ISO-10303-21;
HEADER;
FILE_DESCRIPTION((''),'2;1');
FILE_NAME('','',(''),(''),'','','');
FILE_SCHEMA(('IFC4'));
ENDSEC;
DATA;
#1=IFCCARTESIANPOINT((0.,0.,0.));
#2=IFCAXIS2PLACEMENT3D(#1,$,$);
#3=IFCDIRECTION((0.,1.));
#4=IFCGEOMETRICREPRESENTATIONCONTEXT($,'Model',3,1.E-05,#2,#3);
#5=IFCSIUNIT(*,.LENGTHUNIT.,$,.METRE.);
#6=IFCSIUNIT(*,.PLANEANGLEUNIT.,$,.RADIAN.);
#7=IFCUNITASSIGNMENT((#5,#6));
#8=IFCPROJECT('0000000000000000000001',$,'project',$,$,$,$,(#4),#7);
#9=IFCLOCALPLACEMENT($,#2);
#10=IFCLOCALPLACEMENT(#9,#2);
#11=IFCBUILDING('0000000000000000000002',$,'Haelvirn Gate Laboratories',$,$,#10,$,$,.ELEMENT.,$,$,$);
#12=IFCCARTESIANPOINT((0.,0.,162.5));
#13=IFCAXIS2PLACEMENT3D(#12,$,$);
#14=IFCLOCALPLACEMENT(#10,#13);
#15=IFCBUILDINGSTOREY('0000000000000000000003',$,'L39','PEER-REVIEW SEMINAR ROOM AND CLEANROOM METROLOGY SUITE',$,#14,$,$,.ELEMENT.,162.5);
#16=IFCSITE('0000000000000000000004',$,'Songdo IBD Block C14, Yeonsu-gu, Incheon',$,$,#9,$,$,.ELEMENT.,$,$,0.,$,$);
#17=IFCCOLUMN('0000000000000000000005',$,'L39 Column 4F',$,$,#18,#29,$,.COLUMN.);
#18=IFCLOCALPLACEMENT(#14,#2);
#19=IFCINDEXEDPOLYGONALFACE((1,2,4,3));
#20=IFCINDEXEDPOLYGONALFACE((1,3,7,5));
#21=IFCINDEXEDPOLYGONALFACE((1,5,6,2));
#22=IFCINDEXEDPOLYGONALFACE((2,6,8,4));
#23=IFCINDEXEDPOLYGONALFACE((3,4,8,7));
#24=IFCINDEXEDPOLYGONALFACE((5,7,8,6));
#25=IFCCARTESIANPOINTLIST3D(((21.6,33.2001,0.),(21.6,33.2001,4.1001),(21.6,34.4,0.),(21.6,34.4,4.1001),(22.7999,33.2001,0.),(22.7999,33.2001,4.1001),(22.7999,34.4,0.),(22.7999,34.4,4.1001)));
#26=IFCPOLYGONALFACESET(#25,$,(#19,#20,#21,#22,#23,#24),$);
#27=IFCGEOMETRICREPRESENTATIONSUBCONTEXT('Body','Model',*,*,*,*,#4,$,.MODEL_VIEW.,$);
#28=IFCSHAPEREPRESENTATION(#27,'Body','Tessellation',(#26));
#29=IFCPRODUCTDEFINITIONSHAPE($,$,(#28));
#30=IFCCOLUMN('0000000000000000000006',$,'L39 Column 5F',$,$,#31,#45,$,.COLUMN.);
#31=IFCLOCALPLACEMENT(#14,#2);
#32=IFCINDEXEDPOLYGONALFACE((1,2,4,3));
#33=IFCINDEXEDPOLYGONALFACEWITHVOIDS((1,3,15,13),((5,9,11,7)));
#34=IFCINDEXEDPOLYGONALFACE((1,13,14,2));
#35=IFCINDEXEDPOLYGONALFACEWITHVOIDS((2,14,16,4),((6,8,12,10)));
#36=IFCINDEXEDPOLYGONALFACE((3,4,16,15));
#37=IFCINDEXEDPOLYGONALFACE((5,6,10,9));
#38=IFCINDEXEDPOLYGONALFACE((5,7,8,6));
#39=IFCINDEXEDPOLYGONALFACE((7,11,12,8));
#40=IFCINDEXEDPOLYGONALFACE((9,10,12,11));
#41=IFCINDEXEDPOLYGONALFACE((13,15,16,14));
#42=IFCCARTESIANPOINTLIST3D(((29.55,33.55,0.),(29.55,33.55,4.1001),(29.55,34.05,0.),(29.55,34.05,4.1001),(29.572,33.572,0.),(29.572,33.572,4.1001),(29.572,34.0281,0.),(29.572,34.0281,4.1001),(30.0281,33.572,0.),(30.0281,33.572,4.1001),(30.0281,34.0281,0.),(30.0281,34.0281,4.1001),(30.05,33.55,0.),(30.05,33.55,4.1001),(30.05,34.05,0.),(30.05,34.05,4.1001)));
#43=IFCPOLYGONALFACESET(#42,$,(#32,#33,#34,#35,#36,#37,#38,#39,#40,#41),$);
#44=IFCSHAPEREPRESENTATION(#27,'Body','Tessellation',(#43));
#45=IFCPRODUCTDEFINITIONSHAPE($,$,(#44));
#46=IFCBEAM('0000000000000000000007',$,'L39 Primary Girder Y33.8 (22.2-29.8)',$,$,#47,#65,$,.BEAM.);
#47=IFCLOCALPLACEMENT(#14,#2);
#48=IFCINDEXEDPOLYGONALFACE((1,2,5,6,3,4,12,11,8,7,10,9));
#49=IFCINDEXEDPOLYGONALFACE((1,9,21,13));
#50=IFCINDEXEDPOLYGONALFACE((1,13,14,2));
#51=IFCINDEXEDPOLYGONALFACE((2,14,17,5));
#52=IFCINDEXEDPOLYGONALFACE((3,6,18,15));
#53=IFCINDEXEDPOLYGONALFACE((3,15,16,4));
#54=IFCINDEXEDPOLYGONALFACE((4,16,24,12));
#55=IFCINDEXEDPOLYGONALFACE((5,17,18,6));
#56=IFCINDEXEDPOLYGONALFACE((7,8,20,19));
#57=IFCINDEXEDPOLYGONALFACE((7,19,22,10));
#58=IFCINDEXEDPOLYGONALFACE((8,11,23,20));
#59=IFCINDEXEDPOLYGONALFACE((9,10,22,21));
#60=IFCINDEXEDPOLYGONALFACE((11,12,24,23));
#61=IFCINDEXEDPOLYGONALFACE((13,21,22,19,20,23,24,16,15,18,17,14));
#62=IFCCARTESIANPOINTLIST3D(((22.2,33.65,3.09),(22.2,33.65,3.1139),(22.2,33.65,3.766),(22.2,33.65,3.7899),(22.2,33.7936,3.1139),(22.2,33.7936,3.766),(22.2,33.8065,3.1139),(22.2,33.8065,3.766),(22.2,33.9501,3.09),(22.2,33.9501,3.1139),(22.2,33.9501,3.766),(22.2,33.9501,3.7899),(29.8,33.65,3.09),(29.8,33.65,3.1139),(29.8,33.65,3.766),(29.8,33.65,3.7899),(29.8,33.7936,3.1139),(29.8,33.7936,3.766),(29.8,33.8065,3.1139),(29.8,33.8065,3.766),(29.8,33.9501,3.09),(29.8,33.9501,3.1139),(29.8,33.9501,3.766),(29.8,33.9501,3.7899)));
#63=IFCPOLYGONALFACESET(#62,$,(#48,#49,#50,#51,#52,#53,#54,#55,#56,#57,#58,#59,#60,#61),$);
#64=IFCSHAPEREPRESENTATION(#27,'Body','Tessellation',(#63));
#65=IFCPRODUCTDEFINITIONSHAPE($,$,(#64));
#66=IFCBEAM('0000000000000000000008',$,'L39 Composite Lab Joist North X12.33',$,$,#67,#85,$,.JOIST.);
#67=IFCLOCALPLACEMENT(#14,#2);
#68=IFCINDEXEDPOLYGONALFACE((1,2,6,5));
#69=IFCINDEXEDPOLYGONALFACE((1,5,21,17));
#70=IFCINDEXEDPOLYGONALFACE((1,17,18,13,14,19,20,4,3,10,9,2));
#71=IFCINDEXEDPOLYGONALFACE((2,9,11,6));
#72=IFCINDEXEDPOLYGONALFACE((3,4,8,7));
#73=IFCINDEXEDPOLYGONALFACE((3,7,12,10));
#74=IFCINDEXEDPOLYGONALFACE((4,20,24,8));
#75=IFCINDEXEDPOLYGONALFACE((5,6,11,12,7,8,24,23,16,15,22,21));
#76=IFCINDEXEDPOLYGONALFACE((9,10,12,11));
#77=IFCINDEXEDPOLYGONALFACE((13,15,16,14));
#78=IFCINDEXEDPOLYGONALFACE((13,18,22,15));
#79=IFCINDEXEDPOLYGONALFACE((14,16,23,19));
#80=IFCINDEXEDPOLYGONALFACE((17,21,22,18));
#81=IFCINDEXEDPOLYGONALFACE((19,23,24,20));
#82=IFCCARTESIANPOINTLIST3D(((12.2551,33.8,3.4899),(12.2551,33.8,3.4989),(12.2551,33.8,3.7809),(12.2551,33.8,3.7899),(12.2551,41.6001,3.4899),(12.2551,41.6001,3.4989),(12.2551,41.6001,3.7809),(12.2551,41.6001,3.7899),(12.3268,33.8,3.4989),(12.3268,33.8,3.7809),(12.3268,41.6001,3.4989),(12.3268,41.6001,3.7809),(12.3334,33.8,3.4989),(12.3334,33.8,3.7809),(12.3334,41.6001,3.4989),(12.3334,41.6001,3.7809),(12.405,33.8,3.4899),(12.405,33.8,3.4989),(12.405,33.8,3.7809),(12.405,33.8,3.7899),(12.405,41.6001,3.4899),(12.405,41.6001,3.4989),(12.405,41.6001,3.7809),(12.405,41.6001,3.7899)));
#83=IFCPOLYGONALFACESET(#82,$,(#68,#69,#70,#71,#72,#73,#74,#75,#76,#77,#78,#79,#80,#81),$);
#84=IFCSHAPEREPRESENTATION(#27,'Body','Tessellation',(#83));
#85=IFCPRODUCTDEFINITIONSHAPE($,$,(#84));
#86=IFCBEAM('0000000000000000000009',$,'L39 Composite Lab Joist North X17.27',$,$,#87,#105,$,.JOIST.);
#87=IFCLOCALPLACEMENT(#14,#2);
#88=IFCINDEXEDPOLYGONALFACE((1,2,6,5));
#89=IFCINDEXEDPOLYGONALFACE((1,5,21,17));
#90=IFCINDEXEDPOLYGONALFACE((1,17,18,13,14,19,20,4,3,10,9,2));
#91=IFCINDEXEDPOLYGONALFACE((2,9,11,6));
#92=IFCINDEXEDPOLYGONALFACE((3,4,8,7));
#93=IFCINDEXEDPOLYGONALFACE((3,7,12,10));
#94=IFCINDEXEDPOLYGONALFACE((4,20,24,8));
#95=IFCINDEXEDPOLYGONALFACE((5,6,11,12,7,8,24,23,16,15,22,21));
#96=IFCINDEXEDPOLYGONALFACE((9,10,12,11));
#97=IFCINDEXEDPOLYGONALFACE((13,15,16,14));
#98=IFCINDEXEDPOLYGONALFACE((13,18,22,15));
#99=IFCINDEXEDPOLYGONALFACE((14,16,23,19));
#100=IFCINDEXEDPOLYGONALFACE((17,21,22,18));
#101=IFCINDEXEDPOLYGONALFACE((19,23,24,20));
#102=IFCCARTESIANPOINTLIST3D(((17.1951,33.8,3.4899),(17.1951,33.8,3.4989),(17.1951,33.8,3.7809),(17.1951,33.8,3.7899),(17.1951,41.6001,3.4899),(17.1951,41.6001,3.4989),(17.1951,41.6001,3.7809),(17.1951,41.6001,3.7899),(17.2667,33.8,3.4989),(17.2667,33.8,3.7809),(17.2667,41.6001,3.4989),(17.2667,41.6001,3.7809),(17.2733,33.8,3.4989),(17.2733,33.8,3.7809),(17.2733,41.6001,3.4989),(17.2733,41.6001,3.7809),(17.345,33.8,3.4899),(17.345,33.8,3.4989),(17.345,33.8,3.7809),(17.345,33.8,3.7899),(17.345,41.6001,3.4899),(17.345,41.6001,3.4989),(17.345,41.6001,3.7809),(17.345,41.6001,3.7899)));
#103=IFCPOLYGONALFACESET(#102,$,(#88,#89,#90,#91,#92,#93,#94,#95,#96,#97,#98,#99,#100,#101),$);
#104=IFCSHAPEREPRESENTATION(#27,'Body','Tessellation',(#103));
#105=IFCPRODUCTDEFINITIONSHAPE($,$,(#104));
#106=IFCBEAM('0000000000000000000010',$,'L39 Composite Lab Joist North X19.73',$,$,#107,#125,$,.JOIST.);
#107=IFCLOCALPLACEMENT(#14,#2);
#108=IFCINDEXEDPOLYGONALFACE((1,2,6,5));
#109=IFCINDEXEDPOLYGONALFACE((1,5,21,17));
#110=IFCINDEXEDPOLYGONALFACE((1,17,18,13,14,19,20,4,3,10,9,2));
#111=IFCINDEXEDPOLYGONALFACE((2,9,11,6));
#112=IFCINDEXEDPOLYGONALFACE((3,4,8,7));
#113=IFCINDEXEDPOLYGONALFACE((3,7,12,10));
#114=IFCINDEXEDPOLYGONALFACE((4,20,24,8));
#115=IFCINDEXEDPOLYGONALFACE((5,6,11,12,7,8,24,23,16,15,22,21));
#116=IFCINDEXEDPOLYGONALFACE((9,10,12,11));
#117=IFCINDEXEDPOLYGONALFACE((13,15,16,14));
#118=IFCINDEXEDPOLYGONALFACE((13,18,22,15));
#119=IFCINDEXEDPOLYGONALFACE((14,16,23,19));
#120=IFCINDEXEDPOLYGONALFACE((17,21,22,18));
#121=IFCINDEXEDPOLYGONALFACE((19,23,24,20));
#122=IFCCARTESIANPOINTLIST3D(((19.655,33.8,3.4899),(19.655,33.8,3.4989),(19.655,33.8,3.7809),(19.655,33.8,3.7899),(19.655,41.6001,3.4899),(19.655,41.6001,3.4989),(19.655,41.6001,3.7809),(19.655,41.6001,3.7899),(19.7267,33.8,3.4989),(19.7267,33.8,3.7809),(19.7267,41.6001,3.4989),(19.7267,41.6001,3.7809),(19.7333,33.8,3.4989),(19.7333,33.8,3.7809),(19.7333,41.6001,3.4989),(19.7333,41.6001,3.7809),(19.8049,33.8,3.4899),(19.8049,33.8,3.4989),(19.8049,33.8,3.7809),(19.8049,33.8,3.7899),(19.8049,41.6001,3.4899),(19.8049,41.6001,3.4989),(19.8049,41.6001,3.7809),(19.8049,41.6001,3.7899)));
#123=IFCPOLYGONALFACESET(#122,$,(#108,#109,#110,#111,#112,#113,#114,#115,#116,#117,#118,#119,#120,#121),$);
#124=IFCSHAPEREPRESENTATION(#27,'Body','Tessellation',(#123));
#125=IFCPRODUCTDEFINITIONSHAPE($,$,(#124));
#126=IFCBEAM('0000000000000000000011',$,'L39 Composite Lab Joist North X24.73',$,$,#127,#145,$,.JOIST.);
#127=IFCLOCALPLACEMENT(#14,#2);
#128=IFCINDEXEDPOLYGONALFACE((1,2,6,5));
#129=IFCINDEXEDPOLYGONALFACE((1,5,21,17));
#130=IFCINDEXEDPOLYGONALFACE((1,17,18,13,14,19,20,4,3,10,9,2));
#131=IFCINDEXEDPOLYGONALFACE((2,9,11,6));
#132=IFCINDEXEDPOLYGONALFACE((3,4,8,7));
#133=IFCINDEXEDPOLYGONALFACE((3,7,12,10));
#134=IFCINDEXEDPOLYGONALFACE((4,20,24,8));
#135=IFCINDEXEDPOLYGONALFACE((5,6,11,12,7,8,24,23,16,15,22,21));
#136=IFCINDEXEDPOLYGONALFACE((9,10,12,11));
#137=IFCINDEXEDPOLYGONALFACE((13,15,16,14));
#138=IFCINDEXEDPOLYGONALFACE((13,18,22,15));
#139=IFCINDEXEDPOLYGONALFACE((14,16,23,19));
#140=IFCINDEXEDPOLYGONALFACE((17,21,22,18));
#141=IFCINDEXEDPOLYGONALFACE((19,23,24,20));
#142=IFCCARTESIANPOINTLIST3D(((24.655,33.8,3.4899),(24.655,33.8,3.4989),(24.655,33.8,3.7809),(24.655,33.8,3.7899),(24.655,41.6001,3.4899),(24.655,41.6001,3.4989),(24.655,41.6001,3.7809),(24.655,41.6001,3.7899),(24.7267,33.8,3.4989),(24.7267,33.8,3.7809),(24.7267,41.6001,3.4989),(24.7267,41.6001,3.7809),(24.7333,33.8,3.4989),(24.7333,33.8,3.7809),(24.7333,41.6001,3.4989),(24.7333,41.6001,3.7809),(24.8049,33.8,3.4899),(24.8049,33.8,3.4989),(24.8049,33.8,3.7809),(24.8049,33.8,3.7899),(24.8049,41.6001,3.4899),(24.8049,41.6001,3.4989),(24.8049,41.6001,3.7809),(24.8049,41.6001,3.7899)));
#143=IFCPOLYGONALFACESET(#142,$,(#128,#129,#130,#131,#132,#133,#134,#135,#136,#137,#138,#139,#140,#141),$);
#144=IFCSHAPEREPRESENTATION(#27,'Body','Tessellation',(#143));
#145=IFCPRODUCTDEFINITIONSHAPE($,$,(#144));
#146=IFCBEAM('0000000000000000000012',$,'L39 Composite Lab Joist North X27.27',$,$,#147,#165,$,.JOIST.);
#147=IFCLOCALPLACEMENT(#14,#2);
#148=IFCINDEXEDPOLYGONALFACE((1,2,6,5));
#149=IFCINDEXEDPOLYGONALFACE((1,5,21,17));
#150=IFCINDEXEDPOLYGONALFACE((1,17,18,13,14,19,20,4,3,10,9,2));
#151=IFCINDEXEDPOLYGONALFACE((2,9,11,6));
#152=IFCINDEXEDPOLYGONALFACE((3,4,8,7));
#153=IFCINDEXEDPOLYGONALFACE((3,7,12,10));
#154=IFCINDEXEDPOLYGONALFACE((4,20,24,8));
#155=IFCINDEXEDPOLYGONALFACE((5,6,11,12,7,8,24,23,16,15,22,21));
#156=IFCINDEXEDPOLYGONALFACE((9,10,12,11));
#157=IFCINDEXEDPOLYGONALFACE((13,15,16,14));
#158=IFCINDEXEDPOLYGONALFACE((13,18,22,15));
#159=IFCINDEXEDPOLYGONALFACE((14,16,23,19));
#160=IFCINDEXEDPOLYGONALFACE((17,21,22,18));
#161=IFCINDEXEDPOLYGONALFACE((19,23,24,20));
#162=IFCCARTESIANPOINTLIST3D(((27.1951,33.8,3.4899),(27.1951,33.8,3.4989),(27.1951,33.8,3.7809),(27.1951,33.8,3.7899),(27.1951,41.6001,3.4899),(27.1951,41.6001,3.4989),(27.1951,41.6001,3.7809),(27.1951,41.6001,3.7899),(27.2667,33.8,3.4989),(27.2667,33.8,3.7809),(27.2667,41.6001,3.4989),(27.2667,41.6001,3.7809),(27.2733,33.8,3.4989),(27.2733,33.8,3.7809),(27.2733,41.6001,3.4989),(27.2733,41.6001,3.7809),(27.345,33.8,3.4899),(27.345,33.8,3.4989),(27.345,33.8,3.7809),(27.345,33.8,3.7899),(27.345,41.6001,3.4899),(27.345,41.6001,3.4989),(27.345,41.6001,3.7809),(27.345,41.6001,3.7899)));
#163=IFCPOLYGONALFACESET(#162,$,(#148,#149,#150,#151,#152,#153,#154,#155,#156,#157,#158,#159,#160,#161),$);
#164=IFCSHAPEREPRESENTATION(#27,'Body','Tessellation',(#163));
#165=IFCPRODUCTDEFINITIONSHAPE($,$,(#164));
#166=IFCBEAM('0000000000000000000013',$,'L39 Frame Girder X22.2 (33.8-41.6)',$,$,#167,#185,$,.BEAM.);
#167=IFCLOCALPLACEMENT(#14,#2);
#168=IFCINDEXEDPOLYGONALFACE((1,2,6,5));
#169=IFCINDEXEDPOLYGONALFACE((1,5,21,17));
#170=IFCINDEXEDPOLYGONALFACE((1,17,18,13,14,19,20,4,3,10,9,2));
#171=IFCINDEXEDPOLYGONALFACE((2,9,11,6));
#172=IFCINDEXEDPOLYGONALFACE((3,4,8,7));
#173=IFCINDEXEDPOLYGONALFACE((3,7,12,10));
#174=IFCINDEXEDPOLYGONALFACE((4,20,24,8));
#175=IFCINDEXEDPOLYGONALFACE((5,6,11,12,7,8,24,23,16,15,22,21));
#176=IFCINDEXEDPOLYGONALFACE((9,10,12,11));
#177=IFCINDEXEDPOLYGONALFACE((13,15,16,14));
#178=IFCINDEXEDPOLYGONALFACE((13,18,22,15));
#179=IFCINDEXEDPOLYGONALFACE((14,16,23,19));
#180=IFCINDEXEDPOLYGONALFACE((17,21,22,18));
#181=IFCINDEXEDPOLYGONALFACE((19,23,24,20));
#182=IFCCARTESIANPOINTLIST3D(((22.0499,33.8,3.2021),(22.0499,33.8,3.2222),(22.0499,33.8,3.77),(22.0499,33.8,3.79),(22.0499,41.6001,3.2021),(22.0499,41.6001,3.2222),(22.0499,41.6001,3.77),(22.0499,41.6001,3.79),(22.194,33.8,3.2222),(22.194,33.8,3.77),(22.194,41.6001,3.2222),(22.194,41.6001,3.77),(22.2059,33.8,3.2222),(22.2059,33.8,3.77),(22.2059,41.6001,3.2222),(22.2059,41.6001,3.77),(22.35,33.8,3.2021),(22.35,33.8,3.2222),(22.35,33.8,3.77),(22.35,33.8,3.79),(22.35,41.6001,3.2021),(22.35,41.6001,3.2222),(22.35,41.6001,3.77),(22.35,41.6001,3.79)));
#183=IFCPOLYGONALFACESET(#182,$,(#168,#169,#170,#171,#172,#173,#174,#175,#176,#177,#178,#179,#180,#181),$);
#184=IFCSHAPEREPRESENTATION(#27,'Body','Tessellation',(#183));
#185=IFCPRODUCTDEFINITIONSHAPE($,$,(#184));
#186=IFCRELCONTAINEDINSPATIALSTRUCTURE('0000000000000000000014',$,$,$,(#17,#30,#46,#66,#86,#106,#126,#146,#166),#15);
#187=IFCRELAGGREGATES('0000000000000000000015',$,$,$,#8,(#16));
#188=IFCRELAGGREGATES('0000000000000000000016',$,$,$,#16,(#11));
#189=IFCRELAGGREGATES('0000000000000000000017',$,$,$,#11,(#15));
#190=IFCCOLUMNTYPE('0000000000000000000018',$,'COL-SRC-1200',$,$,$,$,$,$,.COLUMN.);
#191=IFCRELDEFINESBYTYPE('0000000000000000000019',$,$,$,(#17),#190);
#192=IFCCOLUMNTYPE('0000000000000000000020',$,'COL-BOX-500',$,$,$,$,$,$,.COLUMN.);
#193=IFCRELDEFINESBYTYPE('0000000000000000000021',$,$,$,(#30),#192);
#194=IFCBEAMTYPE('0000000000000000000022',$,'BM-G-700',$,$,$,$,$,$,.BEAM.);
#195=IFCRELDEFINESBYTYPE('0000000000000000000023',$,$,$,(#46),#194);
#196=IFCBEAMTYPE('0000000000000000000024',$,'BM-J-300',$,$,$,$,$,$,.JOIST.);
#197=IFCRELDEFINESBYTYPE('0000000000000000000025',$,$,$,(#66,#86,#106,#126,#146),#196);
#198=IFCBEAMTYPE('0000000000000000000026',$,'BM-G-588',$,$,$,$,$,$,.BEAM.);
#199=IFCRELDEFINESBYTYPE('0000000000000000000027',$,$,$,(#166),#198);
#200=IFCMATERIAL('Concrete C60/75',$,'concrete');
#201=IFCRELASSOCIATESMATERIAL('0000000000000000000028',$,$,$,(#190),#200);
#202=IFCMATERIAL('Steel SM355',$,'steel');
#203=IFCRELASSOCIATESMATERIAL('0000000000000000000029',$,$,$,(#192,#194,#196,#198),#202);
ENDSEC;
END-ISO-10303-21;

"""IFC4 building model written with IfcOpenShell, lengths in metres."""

from ifc_helpers import new_model, si_unit, direction, frame, origin, origin_2d, place, context, subcontext, project, spatial, rectangle, hollow_rectangle, i_section, extrude, source, transform, mapped, material, material_profile, profile_set, type_object, type_shapes, element, save


model = new_model("IFC4")

# Units and contexts
model_context = context("Model", 3, precision=1e-05, world=origin(), true_north=direction((0.0, 1.0)))
body_context = subcontext(model_context, "Body", "Model", "MODEL_VIEW")
ifc_project = project(units=[si_unit("LENGTHUNIT", "METRE"), si_unit("PLANEANGLEUNIT", "RADIAN")], contexts=[model_context])

# Site, building, storey
site_placement = place(None, origin())
site = spatial("IfcSite", under=ifc_project, at=site_placement, Name="Songdo IBD Block C14, Yeonsu-gu, Incheon", CompositionType="ELEMENT", RefElevation=0.0)
building_placement = place(site_placement, origin())
building = spatial("IfcBuilding", under=site, at=building_placement, Name="Haelvirn Gate Laboratories", CompositionType="ELEMENT")
storey_placement = place(building_placement, frame((0.0, 0.0, 162.5)))
storey = spatial("IfcBuildingStorey", under=building, at=storey_placement, Name="L39", Description="PEER-REVIEW SEMINAR ROOM AND CLEANROOM METROLOGY SUITE", CompositionType="ELEMENT", Elevation=162.5)

# Columns
ifc_material_1 = material(Name="Concrete C60/75", Category="concrete")
ifc_material_profile_1 = material_profile(ifc_material_1, rectangle(XDim=1.2, YDim=1.2, at=origin_2d()), Name="SRC-1200x1200")
ifc_profile_set_1 = profile_set([ifc_material_profile_1], Name="Concrete C60/75")
column_type_1 = type_object("IfcColumnType", Name="COL-SRC-1200", PredefinedType="COLUMN", material=ifc_profile_set_1)
shared_shape_1 = source(origin(), body_context, "Body", "SweptSolid", [
    extrude(rectangle(XDim=1.2, YDim=1.2, at=origin_2d()), origin(), (0.0, 0.0, 1.0), 4.1001),
])
type_shapes(column_type_1, [shared_shape_1])
column_1_placement = place(storey_placement, frame((22.2, 33.8, 0.0), z_axis=(0.0, 0.0, 1.0), x_axis=(1.0, 0.0, 0.0)))
element("IfcColumn", 1, at=column_1_placement, inside=storey, type_object=column_type_1, Name="L39 Column 4F", PredefinedType="COLUMN", context=body_context, shape_type="MappedRepresentation", body=[
    mapped(shared_shape_1, transform((0.0, 0.0, 0.0), scale=1.0)),
])
ifc_material_2 = material(Name="Steel SM355", Category="steel")
ifc_material_profile_2 = material_profile(ifc_material_2, hollow_rectangle(XDim=0.5, YDim=0.5, WallThickness=0.022, at=origin_2d()), Name="BOX-500x500x22")
ifc_profile_set_2 = profile_set([ifc_material_profile_2], Name="Steel SM355")
column_type_2 = type_object("IfcColumnType", Name="COL-BOX-500", PredefinedType="COLUMN", material=ifc_profile_set_2)
shared_shape_2 = source(origin(), body_context, "Body", "SweptSolid", [
    extrude(hollow_rectangle(XDim=0.5, YDim=0.5, WallThickness=0.022, at=origin_2d()), origin(), (0.0, 0.0, 1.0), 4.1001),
])
type_shapes(column_type_2, [shared_shape_2])
column_2_placement = place(storey_placement, frame((29.8, 33.8, 0.0), z_axis=(0.0, 0.0, 1.0), x_axis=(1.0, 0.0, 0.0)))
element("IfcColumn", 2, at=column_2_placement, inside=storey, type_object=column_type_2, Name="L39 Column 5F", PredefinedType="COLUMN", context=body_context, shape_type="MappedRepresentation", body=[
    mapped(shared_shape_2, transform((0.0, 0.0, 0.0), scale=1.0)),
])

# Beams
ifc_material_profile_3 = material_profile(ifc_material_2, i_section(OverallWidth=0.3, OverallDepth=0.7, WebThickness=0.0129, FlangeThickness=0.0239, at=origin_2d()), Name="H-700x300x13x24")
ifc_profile_set_3 = profile_set([ifc_material_profile_3], Name="Steel SM355")
beam_type_1 = type_object("IfcBeamType", Name="BM-G-700", PredefinedType="BEAM", material=ifc_profile_set_3)
shared_shape_3 = source(origin(), body_context, "Body", "SweptSolid", [
    extrude(i_section(OverallWidth=0.3, OverallDepth=0.7, WebThickness=0.0129, FlangeThickness=0.0239, at=origin_2d()), origin(), (0.0, 0.0, 1.0), 7.6001),
])
type_shapes(beam_type_1, [shared_shape_3])
beam_1_placement = place(storey_placement, frame((22.2, 33.8, 3.4399), z_axis=(1.0, 0.0, 0.0), x_axis=(0.0, 1.0, 0.0)))
element("IfcBeam", 3, at=beam_1_placement, inside=storey, type_object=beam_type_1, Name="L39 Primary Girder Y33.8 (22.2-29.8)", PredefinedType="BEAM", context=body_context, shape_type="MappedRepresentation", body=[
    mapped(shared_shape_3, transform((0.0, 0.0, 0.0), scale=1.0)),
])
ifc_material_profile_4 = material_profile(ifc_material_2, i_section(OverallWidth=0.1499, OverallDepth=0.3, WebThickness=0.0066, FlangeThickness=0.009, at=origin_2d()), Name="H-300x150x6.5x9")
ifc_profile_set_4 = profile_set([ifc_material_profile_4], Name="Steel SM355")
beam_type_2 = type_object("IfcBeamType", Name="BM-J-300", PredefinedType="JOIST", material=ifc_profile_set_4)
shared_shape_4 = source(origin(), body_context, "Body", "SweptSolid", [
    extrude(i_section(OverallWidth=0.1499, OverallDepth=0.3, WebThickness=0.0066, FlangeThickness=0.009, at=origin_2d()), origin(), (0.0, 0.0, 1.0), 7.8),
])
type_shapes(beam_type_2, [shared_shape_4])
for number, where, z_axis, x_axis, name in (
    (4, (12.3301, 33.8, 3.6399), (0.0, 1.0, 0.0), (-1.0, 0.0, 0.0), "L39 Composite Lab Joist North X12.33"),
    (5, (17.27, 33.8, 3.6399), (0.0, 1.0, 0.0), (-1.0, 0.0, 0.0), "L39 Composite Lab Joist North X17.27"),
    (6, (19.73, 33.8, 3.6399), (0.0, 1.0, 0.0), (-1.0, 0.0, 0.0), "L39 Composite Lab Joist North X19.73"),
    (7, (24.73, 33.8, 3.6399), (0.0, 1.0, 0.0), (-1.0, 0.0, 0.0), "L39 Composite Lab Joist North X24.73"),
    (8, (27.27, 33.8, 3.6399), (0.0, 1.0, 0.0), (-1.0, 0.0, 0.0), "L39 Composite Lab Joist North X27.27"),
):
    element("IfcBeam", number, at=place(storey_placement, frame(where, z_axis=z_axis, x_axis=x_axis)), inside=storey, type_object=beam_type_2, Name=name, PredefinedType="JOIST", context=body_context, shape_type="MappedRepresentation", body=[
        mapped(shared_shape_4, transform((0.0, 0.0, 0.0), scale=1.0)),
    ])
ifc_material_profile_5 = material_profile(ifc_material_2, i_section(OverallWidth=0.3, OverallDepth=0.5879, WebThickness=0.012, FlangeThickness=0.02, at=origin_2d()), Name="H-588x300x12x20")
ifc_profile_set_5 = profile_set([ifc_material_profile_5], Name="Steel SM355")
beam_type_3 = type_object("IfcBeamType", Name="BM-G-588", PredefinedType="BEAM", material=ifc_profile_set_5)
shared_shape_5 = source(origin(), body_context, "Body", "SweptSolid", [
    extrude(i_section(OverallWidth=0.3, OverallDepth=0.5879, WebThickness=0.012, FlangeThickness=0.02, at=origin_2d()), origin(), (0.0, 0.0, 1.0), 7.8),
])
type_shapes(beam_type_3, [shared_shape_5])
beam_2_placement = place(storey_placement, frame((22.2, 33.8, 3.4961), z_axis=(0.0, 1.0, 0.0), x_axis=(-1.0, 0.0, 0.0)))
element("IfcBeam", 9, at=beam_2_placement, inside=storey, type_object=beam_type_3, Name="L39 Frame Girder X22.2 (33.8-41.6)", PredefinedType="BEAM", context=body_context, shape_type="MappedRepresentation", body=[
    mapped(shared_shape_5, transform((0.0, 0.0, 0.0), scale=1.0)),
])

save(model, "model.ifc")
